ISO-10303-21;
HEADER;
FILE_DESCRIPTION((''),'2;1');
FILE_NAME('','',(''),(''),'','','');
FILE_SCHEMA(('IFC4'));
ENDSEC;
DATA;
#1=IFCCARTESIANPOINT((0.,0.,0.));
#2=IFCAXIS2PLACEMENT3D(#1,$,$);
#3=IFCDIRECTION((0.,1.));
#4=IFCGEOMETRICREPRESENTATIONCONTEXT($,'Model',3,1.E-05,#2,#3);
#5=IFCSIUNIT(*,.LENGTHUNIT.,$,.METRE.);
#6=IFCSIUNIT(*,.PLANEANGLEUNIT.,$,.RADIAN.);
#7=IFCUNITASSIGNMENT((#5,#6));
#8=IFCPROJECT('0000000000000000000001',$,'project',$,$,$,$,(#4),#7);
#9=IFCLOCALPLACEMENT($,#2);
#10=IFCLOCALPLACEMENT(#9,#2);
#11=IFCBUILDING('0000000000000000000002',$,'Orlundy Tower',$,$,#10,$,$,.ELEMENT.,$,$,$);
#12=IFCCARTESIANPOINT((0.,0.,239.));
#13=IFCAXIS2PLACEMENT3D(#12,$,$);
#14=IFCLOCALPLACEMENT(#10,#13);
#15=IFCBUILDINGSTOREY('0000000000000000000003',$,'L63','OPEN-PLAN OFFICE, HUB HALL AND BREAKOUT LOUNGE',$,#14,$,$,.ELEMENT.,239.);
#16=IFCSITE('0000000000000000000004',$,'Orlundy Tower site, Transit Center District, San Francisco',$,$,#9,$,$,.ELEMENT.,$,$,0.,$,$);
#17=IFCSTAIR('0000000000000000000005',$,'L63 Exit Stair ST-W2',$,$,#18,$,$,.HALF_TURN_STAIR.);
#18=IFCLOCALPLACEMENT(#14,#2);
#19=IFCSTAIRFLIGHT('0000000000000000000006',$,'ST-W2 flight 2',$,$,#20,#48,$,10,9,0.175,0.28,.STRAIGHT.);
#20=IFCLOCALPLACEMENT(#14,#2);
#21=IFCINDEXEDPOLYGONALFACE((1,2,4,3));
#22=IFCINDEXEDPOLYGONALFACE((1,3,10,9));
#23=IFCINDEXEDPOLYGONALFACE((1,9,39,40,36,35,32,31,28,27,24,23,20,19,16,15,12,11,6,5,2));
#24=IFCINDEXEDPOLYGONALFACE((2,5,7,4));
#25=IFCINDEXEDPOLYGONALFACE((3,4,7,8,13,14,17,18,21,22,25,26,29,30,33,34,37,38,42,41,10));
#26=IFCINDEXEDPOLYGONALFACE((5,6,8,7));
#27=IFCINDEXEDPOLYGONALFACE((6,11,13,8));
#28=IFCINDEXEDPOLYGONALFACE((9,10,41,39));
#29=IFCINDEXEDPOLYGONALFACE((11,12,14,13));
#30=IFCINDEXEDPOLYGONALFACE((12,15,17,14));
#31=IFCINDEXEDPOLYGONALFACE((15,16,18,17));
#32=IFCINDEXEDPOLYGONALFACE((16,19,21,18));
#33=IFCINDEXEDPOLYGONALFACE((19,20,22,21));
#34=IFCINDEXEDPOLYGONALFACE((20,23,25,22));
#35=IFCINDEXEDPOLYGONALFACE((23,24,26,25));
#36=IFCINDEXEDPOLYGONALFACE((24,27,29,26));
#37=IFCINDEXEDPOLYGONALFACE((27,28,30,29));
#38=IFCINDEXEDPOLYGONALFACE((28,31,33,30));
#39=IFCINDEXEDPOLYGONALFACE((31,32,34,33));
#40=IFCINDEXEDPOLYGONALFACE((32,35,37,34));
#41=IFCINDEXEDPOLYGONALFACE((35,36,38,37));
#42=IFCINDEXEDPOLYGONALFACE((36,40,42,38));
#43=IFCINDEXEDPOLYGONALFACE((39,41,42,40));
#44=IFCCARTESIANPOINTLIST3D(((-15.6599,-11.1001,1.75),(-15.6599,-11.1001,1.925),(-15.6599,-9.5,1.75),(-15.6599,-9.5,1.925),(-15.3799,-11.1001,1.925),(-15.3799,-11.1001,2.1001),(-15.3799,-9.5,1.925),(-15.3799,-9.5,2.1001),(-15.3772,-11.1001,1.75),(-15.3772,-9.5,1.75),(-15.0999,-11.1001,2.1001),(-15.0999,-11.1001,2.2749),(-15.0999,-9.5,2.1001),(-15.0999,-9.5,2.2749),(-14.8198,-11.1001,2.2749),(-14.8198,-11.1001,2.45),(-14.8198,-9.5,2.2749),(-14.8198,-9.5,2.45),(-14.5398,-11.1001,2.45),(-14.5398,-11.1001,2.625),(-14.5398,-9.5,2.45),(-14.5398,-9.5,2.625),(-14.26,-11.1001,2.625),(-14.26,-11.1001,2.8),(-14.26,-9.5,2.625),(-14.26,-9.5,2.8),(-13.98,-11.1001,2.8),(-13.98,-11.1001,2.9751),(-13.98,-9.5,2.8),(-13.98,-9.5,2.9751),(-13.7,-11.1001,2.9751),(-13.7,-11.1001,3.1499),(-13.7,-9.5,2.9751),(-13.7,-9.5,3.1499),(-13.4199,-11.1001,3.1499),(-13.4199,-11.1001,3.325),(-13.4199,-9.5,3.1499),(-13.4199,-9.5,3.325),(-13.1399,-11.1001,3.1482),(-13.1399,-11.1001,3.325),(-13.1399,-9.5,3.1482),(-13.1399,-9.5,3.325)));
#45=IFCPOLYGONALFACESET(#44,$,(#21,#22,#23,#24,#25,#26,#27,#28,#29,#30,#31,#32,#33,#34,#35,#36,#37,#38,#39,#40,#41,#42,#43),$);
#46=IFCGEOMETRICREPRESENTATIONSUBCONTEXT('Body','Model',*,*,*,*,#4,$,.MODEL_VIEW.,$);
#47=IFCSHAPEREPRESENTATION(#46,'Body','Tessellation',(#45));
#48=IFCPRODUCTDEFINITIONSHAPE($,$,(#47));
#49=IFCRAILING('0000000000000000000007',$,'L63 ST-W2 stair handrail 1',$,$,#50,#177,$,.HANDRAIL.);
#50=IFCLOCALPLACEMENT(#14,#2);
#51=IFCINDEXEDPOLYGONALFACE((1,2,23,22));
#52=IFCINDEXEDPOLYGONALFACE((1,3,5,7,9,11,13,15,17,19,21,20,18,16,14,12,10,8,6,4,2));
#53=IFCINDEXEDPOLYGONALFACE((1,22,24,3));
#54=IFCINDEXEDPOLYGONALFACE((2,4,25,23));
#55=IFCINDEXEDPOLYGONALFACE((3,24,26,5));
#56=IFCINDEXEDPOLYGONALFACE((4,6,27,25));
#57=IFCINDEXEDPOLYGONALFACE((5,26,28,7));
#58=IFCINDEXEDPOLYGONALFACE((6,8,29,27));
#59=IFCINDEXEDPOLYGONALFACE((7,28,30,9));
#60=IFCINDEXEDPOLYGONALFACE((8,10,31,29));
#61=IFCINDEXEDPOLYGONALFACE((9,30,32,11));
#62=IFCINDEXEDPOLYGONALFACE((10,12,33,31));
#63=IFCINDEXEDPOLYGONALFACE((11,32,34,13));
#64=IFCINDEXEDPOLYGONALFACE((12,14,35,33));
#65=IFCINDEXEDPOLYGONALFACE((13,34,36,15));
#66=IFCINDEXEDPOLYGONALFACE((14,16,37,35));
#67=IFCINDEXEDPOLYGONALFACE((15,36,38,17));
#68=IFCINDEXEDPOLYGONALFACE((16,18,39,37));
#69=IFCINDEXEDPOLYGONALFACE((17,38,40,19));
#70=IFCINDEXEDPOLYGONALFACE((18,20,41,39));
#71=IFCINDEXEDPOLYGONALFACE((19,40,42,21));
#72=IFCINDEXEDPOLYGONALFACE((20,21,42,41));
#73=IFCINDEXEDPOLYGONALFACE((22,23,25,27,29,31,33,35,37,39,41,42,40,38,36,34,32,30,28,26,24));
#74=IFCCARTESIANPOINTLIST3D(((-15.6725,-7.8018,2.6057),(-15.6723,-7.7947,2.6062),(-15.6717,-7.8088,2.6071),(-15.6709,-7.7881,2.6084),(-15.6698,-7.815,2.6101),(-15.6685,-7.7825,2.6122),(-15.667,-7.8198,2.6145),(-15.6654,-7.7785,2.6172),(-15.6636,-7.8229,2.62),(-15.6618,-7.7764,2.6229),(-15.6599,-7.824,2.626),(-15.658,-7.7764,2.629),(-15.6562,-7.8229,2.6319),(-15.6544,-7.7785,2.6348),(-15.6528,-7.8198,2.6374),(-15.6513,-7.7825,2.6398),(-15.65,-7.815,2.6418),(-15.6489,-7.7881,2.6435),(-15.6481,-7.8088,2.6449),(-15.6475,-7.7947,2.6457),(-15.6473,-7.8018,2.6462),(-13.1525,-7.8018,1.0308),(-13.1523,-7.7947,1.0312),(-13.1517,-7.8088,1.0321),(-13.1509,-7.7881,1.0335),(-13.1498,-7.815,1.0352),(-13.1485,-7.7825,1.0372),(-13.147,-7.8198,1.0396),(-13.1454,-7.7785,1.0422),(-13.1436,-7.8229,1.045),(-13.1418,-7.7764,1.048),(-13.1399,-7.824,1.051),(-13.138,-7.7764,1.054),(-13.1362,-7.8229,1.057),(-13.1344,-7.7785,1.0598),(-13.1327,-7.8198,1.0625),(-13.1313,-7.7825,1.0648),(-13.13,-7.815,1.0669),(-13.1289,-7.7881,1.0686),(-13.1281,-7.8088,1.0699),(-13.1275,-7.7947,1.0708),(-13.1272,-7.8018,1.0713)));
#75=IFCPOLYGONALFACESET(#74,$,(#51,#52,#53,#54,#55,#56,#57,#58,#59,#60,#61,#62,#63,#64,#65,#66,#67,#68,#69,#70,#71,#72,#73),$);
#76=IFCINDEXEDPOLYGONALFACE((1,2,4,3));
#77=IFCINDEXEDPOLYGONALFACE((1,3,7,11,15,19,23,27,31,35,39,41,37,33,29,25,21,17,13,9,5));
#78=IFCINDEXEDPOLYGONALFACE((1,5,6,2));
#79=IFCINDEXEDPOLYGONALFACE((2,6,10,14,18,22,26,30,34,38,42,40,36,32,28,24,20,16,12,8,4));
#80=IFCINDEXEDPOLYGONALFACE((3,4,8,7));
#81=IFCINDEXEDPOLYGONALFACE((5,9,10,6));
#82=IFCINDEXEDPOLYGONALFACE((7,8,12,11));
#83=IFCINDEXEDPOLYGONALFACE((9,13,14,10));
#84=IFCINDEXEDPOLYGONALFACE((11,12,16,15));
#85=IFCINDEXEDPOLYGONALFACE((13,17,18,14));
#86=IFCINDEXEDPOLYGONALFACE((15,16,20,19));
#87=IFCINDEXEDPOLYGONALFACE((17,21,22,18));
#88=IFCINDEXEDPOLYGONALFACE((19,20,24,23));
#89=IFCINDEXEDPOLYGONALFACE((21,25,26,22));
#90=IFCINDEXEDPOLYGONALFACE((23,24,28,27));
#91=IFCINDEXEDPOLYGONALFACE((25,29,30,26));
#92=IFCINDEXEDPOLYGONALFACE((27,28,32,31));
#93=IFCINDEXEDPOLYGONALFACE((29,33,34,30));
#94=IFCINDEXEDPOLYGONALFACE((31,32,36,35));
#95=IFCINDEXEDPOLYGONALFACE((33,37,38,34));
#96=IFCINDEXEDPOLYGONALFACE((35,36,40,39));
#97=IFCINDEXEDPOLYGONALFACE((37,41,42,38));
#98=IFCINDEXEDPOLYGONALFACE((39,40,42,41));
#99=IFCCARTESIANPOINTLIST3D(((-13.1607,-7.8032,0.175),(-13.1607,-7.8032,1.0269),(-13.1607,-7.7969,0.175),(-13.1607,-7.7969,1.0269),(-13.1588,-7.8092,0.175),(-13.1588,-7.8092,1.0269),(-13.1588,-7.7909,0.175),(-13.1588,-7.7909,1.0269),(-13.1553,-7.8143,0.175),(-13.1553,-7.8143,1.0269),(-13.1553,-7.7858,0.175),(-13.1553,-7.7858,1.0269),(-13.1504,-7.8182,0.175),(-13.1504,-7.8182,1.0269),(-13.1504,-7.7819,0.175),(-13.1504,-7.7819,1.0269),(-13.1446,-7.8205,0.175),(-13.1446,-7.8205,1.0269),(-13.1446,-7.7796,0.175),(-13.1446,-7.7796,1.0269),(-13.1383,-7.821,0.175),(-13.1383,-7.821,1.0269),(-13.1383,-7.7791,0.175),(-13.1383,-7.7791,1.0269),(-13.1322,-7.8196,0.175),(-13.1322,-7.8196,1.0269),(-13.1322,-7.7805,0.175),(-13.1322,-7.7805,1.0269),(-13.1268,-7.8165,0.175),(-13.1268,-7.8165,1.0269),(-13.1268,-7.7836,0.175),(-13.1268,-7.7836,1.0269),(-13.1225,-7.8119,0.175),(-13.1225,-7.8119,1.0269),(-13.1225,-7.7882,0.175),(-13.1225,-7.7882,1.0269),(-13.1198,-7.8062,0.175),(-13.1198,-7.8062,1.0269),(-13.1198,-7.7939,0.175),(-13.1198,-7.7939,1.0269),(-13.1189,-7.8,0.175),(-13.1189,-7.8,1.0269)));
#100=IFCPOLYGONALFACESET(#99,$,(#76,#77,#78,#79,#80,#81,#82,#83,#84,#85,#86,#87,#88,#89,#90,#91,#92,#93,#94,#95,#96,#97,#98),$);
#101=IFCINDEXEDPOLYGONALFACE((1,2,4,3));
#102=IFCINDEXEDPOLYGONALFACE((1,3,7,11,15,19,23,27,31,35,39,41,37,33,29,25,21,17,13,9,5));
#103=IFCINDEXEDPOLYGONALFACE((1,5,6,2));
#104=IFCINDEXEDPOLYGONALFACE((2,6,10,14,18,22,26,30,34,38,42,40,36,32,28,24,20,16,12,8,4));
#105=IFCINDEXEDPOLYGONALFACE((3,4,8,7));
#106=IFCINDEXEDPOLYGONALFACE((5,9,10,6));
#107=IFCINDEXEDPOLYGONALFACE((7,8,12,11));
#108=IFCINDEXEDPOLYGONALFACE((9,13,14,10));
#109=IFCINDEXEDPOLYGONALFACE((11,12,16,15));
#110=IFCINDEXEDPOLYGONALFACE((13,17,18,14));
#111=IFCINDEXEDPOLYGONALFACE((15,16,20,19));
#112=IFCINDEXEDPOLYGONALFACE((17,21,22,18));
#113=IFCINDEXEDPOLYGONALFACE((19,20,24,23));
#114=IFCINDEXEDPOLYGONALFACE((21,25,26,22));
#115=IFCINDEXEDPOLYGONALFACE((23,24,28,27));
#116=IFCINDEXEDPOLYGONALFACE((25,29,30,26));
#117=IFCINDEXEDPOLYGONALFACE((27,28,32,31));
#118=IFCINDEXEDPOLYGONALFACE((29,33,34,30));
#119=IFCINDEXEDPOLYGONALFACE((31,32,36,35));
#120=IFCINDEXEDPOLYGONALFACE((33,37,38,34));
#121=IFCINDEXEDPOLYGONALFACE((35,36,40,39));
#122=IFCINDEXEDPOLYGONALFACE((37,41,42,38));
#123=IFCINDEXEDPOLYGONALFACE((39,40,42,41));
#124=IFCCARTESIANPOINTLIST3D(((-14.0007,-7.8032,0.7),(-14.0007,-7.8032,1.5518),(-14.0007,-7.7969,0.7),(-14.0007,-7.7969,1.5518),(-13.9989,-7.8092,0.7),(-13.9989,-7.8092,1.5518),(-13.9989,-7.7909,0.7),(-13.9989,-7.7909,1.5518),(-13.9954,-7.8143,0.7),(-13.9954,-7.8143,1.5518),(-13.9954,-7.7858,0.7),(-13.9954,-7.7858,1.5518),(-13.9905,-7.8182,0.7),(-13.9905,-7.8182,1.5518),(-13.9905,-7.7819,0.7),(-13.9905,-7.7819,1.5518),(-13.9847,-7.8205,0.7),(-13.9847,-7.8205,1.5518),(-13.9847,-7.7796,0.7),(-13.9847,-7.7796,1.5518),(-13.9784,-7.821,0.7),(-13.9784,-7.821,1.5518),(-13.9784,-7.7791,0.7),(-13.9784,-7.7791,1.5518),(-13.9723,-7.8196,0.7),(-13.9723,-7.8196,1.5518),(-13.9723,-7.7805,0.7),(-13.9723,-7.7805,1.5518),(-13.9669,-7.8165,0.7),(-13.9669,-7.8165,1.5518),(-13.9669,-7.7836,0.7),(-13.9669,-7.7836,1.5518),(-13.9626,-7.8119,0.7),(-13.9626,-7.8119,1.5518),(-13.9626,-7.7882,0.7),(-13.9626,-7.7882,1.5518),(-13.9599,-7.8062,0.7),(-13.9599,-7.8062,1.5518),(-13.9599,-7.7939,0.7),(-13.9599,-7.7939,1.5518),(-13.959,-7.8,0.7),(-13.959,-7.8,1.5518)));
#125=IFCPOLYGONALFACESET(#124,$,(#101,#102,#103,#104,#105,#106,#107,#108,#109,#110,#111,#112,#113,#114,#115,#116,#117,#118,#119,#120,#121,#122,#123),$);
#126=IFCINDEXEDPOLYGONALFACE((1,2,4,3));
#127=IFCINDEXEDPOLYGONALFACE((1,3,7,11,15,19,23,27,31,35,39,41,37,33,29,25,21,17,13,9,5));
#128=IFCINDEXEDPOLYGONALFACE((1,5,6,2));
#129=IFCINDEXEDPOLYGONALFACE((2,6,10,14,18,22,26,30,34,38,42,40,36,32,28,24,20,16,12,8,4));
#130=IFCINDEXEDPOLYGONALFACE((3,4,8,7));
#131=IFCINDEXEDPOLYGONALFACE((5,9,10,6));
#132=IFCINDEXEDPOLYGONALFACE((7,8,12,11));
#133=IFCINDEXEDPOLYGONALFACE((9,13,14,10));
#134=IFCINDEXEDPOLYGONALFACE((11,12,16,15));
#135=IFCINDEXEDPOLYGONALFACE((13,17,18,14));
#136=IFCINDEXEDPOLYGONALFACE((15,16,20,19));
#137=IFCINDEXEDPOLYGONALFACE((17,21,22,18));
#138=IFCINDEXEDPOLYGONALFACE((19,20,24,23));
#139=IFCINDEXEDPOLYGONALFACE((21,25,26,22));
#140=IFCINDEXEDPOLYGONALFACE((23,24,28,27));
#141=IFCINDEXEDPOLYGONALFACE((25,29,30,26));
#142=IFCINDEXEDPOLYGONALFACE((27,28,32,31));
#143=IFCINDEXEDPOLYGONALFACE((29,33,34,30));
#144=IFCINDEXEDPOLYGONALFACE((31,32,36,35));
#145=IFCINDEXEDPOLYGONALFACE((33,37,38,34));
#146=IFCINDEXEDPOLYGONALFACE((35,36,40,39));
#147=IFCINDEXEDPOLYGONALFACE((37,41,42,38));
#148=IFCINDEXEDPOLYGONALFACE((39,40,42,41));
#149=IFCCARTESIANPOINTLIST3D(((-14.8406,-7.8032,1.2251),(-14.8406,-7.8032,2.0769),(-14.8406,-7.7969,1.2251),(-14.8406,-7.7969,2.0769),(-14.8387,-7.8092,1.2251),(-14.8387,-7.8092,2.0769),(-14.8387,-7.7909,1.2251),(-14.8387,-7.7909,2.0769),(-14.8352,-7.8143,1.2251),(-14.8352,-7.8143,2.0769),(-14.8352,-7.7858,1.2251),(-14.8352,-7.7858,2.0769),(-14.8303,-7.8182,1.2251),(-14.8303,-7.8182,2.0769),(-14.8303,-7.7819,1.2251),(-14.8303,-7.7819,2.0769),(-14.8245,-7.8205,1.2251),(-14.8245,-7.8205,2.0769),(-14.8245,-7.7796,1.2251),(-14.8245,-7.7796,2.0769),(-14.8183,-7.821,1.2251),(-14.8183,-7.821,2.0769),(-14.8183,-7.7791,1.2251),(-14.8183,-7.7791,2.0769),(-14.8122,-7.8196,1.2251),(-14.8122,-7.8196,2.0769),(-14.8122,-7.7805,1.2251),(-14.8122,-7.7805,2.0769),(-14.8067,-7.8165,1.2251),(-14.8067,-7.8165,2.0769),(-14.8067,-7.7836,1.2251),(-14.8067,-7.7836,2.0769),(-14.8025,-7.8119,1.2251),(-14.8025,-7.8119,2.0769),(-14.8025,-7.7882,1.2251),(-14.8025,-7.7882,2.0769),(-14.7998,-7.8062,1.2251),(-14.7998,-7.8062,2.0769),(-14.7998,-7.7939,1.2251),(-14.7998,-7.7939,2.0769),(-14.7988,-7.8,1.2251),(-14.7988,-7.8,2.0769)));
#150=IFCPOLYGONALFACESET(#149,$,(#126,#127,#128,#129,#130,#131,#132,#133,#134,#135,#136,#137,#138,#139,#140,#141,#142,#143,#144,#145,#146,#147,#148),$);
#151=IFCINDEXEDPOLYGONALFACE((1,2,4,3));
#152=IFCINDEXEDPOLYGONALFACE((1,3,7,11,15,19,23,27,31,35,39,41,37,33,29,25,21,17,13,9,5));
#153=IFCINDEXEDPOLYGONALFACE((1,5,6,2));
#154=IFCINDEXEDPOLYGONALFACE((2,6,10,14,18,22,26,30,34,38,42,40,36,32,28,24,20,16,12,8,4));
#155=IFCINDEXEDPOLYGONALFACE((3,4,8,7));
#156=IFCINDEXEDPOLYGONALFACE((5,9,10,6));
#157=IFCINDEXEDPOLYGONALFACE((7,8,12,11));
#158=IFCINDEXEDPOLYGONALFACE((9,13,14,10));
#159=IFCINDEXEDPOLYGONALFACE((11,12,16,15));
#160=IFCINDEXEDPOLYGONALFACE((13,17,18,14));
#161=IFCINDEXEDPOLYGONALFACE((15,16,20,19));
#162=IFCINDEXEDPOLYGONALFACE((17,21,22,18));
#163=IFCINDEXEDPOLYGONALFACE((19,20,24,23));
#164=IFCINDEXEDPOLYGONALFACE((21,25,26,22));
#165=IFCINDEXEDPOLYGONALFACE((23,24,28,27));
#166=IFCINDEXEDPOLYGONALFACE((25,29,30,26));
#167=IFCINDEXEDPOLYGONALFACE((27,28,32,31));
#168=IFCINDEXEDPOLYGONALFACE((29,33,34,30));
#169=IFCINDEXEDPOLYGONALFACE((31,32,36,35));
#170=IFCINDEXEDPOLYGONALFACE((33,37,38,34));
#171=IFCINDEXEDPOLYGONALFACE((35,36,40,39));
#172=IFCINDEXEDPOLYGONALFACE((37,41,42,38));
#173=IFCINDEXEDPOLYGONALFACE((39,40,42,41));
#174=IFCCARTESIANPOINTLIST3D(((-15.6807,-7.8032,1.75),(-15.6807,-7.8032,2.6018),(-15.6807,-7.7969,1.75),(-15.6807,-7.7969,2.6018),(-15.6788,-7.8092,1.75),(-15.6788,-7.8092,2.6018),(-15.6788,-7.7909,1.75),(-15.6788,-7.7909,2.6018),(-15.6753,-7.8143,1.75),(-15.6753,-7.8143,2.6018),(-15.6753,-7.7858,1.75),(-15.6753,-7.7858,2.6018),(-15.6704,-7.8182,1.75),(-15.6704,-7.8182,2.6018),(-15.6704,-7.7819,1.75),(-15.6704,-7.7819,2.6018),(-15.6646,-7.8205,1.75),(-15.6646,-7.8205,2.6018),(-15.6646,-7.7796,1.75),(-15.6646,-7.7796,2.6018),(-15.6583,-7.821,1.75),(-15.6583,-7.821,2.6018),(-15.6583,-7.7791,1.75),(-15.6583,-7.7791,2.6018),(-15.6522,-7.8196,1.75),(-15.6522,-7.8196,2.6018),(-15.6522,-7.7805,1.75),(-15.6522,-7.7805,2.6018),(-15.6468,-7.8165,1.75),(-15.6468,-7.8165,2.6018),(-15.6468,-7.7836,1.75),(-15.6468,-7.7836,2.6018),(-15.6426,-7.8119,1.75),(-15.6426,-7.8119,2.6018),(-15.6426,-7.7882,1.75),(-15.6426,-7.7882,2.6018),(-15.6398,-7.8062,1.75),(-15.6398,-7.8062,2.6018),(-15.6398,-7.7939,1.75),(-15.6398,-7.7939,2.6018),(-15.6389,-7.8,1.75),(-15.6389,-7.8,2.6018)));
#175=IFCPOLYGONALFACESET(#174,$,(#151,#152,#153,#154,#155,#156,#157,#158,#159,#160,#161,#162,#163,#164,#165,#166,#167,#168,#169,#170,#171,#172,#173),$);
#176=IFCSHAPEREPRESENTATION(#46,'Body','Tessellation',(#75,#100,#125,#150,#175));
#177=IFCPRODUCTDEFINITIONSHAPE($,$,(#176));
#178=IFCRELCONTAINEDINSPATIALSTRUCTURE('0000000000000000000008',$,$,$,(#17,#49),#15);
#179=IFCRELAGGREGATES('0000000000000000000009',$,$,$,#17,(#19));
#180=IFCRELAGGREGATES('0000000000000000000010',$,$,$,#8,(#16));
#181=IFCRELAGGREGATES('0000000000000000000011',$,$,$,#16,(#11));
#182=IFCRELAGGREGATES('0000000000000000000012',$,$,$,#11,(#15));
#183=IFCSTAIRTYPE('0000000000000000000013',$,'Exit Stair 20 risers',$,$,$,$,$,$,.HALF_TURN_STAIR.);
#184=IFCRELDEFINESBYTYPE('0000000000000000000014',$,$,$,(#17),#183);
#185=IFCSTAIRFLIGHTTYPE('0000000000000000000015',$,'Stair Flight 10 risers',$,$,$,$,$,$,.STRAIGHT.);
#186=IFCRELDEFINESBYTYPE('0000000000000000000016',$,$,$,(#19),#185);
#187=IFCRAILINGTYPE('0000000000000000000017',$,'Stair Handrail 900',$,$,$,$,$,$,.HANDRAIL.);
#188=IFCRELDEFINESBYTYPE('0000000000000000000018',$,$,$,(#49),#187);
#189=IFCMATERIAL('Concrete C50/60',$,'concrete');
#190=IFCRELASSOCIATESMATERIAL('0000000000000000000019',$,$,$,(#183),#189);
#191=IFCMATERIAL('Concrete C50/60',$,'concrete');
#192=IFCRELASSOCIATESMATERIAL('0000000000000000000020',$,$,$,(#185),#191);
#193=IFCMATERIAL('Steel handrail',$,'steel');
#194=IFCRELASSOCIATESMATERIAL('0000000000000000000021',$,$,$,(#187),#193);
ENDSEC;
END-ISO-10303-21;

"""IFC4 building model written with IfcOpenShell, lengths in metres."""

from ifc_helpers import new_model, si_unit, direction, frame, origin, origin_2d, place, context, subcontext, project, spatial, polyline, circle, outline, extrude, material, type_object, element, aggregate, save


model = new_model("IFC4")

# Units and contexts
model_context = context("Model", 3, precision=1e-05, world=origin(), true_north=direction((0.0, 1.0)))
body_context = subcontext(model_context, "Body", "Model", "MODEL_VIEW")
ifc_project = project(units=[si_unit("LENGTHUNIT", "METRE"), si_unit("PLANEANGLEUNIT", "RADIAN")], contexts=[model_context])

# Site, building, storey
site_placement = place(None, origin())
site = spatial("IfcSite", under=ifc_project, at=site_placement, Name="Orlundy Tower site, Transit Center District, San Francisco", CompositionType="ELEMENT", RefElevation=0.0)
building_placement = place(site_placement, origin())
building = spatial("IfcBuilding", under=site, at=building_placement, Name="Orlundy Tower", CompositionType="ELEMENT")
storey_placement = place(building_placement, frame((0.0, 0.0, 239.0)))
storey = spatial("IfcBuildingStorey", under=building, at=storey_placement, Name="L63", Description="OPEN-PLAN OFFICE, HUB HALL AND BREAKOUT LOUNGE", CompositionType="ELEMENT", Elevation=239.0)

# Stair, stair flight
ifc_material_1 = material(Name="Concrete C50/60", Category="concrete")
stair_type = type_object("IfcStairType", Name="Exit Stair 20 risers", PredefinedType="HALF_TURN_STAIR", material=ifc_material_1)
stair_placement = place(storey_placement, origin())
stair = element("IfcStair", 1, at=stair_placement, inside=storey, type_object=stair_type, Name="L63 Exit Stair ST-W2", PredefinedType="HALF_TURN_STAIR")
ifc_material_2 = material(Name="Concrete C50/60", Category="concrete")
stair_flight_type = type_object("IfcStairFlightType", Name="Stair Flight 10 risers", PredefinedType="STRAIGHT", material=ifc_material_2)
stair_flight_1_placement = place(storey_placement, frame((-15.6599, -10.3, 1.75), z_axis=(0.0, 0.0, 1.0), x_axis=(1.0, 0.0, 0.0)))
stair_flight_1 = element("IfcStairFlight", 2, at=stair_flight_1_placement, type_object=stair_flight_type, Name="ST-W2 flight 2", NumberOfRisers=10, NumberOfTreads=9, PredefinedType="STRAIGHT", RiserHeight=0.175, TreadLength=0.28, context=body_context, shape_type="SweptSolid", body=[
    extrude(outline(polyline([(0.0, 0.0), (0.0, 0.175), (0.28, 0.175), (0.28, 0.3501), (0.5601, 0.3501), (0.5601, 0.5249), (0.8401, 0.5249), (0.8401, 0.7), (1.1201, 0.7), (1.1201, 0.875), (1.3999, 0.875), (1.3999, 1.05), (1.6799, 1.05), (1.6799, 1.2251), (1.96, 1.2251), (1.96, 1.3999), (2.24, 1.3999), (2.24, 1.575), (2.52, 1.575), (2.52, 1.75), (2.52, 1.3982), (0.2827, 0.0), (0.0, 0.0)])), frame((0.0, 0.8, 0.0), z_axis=(0.0, -1.0, 0.0), x_axis=(1.0, 0.0, 0.0)), (0.0, 0.0, 1.0), 1.6001),
])
aggregate(stair, [stair_flight_1])

# Railing
ifc_material_3 = material(Name="Steel handrail", Category="steel")
railing_type_1 = type_object("IfcRailingType", Name="Stair Handrail 900", PredefinedType="HANDRAIL", material=ifc_material_3)
railing_1_placement = place(storey_placement, frame((-13.1399, -7.8, 0.175)))
element("IfcRailing", 3, at=railing_1_placement, inside=storey, type_object=railing_type_1, Name="L63 ST-W2 stair handrail 1", PredefinedType="HANDRAIL", context=body_context, shape_type="SweptSolid", body=[
    extrude(circle(Radius=0.0239, at=origin_2d()), frame((0.0, 0.0, 0.876), z_axis=(-0.848008, 0.0, 0.529984), x_axis=(0.0, -1.0, 0.0)), (0.0, 0.0, 1.0), 2.9717),
    extrude(circle(Radius=0.021, at=origin_2d()), origin(), (0.0, 0.0, 1.0), 0.8518),
    extrude(circle(Radius=0.021, at=origin_2d()), frame((-0.8401, 0.0, 0.5249)), (0.0, 0.0, 1.0), 0.8518),
    extrude(circle(Radius=0.021, at=origin_2d()), frame((-1.6799, 0.0, 1.05)), (0.0, 0.0, 1.0), 0.8518),
    extrude(circle(Radius=0.021, at=origin_2d()), frame((-2.52, 0.0, 1.575)), (0.0, 0.0, 1.0), 0.8518),
])

save(model, "model.ifc")
